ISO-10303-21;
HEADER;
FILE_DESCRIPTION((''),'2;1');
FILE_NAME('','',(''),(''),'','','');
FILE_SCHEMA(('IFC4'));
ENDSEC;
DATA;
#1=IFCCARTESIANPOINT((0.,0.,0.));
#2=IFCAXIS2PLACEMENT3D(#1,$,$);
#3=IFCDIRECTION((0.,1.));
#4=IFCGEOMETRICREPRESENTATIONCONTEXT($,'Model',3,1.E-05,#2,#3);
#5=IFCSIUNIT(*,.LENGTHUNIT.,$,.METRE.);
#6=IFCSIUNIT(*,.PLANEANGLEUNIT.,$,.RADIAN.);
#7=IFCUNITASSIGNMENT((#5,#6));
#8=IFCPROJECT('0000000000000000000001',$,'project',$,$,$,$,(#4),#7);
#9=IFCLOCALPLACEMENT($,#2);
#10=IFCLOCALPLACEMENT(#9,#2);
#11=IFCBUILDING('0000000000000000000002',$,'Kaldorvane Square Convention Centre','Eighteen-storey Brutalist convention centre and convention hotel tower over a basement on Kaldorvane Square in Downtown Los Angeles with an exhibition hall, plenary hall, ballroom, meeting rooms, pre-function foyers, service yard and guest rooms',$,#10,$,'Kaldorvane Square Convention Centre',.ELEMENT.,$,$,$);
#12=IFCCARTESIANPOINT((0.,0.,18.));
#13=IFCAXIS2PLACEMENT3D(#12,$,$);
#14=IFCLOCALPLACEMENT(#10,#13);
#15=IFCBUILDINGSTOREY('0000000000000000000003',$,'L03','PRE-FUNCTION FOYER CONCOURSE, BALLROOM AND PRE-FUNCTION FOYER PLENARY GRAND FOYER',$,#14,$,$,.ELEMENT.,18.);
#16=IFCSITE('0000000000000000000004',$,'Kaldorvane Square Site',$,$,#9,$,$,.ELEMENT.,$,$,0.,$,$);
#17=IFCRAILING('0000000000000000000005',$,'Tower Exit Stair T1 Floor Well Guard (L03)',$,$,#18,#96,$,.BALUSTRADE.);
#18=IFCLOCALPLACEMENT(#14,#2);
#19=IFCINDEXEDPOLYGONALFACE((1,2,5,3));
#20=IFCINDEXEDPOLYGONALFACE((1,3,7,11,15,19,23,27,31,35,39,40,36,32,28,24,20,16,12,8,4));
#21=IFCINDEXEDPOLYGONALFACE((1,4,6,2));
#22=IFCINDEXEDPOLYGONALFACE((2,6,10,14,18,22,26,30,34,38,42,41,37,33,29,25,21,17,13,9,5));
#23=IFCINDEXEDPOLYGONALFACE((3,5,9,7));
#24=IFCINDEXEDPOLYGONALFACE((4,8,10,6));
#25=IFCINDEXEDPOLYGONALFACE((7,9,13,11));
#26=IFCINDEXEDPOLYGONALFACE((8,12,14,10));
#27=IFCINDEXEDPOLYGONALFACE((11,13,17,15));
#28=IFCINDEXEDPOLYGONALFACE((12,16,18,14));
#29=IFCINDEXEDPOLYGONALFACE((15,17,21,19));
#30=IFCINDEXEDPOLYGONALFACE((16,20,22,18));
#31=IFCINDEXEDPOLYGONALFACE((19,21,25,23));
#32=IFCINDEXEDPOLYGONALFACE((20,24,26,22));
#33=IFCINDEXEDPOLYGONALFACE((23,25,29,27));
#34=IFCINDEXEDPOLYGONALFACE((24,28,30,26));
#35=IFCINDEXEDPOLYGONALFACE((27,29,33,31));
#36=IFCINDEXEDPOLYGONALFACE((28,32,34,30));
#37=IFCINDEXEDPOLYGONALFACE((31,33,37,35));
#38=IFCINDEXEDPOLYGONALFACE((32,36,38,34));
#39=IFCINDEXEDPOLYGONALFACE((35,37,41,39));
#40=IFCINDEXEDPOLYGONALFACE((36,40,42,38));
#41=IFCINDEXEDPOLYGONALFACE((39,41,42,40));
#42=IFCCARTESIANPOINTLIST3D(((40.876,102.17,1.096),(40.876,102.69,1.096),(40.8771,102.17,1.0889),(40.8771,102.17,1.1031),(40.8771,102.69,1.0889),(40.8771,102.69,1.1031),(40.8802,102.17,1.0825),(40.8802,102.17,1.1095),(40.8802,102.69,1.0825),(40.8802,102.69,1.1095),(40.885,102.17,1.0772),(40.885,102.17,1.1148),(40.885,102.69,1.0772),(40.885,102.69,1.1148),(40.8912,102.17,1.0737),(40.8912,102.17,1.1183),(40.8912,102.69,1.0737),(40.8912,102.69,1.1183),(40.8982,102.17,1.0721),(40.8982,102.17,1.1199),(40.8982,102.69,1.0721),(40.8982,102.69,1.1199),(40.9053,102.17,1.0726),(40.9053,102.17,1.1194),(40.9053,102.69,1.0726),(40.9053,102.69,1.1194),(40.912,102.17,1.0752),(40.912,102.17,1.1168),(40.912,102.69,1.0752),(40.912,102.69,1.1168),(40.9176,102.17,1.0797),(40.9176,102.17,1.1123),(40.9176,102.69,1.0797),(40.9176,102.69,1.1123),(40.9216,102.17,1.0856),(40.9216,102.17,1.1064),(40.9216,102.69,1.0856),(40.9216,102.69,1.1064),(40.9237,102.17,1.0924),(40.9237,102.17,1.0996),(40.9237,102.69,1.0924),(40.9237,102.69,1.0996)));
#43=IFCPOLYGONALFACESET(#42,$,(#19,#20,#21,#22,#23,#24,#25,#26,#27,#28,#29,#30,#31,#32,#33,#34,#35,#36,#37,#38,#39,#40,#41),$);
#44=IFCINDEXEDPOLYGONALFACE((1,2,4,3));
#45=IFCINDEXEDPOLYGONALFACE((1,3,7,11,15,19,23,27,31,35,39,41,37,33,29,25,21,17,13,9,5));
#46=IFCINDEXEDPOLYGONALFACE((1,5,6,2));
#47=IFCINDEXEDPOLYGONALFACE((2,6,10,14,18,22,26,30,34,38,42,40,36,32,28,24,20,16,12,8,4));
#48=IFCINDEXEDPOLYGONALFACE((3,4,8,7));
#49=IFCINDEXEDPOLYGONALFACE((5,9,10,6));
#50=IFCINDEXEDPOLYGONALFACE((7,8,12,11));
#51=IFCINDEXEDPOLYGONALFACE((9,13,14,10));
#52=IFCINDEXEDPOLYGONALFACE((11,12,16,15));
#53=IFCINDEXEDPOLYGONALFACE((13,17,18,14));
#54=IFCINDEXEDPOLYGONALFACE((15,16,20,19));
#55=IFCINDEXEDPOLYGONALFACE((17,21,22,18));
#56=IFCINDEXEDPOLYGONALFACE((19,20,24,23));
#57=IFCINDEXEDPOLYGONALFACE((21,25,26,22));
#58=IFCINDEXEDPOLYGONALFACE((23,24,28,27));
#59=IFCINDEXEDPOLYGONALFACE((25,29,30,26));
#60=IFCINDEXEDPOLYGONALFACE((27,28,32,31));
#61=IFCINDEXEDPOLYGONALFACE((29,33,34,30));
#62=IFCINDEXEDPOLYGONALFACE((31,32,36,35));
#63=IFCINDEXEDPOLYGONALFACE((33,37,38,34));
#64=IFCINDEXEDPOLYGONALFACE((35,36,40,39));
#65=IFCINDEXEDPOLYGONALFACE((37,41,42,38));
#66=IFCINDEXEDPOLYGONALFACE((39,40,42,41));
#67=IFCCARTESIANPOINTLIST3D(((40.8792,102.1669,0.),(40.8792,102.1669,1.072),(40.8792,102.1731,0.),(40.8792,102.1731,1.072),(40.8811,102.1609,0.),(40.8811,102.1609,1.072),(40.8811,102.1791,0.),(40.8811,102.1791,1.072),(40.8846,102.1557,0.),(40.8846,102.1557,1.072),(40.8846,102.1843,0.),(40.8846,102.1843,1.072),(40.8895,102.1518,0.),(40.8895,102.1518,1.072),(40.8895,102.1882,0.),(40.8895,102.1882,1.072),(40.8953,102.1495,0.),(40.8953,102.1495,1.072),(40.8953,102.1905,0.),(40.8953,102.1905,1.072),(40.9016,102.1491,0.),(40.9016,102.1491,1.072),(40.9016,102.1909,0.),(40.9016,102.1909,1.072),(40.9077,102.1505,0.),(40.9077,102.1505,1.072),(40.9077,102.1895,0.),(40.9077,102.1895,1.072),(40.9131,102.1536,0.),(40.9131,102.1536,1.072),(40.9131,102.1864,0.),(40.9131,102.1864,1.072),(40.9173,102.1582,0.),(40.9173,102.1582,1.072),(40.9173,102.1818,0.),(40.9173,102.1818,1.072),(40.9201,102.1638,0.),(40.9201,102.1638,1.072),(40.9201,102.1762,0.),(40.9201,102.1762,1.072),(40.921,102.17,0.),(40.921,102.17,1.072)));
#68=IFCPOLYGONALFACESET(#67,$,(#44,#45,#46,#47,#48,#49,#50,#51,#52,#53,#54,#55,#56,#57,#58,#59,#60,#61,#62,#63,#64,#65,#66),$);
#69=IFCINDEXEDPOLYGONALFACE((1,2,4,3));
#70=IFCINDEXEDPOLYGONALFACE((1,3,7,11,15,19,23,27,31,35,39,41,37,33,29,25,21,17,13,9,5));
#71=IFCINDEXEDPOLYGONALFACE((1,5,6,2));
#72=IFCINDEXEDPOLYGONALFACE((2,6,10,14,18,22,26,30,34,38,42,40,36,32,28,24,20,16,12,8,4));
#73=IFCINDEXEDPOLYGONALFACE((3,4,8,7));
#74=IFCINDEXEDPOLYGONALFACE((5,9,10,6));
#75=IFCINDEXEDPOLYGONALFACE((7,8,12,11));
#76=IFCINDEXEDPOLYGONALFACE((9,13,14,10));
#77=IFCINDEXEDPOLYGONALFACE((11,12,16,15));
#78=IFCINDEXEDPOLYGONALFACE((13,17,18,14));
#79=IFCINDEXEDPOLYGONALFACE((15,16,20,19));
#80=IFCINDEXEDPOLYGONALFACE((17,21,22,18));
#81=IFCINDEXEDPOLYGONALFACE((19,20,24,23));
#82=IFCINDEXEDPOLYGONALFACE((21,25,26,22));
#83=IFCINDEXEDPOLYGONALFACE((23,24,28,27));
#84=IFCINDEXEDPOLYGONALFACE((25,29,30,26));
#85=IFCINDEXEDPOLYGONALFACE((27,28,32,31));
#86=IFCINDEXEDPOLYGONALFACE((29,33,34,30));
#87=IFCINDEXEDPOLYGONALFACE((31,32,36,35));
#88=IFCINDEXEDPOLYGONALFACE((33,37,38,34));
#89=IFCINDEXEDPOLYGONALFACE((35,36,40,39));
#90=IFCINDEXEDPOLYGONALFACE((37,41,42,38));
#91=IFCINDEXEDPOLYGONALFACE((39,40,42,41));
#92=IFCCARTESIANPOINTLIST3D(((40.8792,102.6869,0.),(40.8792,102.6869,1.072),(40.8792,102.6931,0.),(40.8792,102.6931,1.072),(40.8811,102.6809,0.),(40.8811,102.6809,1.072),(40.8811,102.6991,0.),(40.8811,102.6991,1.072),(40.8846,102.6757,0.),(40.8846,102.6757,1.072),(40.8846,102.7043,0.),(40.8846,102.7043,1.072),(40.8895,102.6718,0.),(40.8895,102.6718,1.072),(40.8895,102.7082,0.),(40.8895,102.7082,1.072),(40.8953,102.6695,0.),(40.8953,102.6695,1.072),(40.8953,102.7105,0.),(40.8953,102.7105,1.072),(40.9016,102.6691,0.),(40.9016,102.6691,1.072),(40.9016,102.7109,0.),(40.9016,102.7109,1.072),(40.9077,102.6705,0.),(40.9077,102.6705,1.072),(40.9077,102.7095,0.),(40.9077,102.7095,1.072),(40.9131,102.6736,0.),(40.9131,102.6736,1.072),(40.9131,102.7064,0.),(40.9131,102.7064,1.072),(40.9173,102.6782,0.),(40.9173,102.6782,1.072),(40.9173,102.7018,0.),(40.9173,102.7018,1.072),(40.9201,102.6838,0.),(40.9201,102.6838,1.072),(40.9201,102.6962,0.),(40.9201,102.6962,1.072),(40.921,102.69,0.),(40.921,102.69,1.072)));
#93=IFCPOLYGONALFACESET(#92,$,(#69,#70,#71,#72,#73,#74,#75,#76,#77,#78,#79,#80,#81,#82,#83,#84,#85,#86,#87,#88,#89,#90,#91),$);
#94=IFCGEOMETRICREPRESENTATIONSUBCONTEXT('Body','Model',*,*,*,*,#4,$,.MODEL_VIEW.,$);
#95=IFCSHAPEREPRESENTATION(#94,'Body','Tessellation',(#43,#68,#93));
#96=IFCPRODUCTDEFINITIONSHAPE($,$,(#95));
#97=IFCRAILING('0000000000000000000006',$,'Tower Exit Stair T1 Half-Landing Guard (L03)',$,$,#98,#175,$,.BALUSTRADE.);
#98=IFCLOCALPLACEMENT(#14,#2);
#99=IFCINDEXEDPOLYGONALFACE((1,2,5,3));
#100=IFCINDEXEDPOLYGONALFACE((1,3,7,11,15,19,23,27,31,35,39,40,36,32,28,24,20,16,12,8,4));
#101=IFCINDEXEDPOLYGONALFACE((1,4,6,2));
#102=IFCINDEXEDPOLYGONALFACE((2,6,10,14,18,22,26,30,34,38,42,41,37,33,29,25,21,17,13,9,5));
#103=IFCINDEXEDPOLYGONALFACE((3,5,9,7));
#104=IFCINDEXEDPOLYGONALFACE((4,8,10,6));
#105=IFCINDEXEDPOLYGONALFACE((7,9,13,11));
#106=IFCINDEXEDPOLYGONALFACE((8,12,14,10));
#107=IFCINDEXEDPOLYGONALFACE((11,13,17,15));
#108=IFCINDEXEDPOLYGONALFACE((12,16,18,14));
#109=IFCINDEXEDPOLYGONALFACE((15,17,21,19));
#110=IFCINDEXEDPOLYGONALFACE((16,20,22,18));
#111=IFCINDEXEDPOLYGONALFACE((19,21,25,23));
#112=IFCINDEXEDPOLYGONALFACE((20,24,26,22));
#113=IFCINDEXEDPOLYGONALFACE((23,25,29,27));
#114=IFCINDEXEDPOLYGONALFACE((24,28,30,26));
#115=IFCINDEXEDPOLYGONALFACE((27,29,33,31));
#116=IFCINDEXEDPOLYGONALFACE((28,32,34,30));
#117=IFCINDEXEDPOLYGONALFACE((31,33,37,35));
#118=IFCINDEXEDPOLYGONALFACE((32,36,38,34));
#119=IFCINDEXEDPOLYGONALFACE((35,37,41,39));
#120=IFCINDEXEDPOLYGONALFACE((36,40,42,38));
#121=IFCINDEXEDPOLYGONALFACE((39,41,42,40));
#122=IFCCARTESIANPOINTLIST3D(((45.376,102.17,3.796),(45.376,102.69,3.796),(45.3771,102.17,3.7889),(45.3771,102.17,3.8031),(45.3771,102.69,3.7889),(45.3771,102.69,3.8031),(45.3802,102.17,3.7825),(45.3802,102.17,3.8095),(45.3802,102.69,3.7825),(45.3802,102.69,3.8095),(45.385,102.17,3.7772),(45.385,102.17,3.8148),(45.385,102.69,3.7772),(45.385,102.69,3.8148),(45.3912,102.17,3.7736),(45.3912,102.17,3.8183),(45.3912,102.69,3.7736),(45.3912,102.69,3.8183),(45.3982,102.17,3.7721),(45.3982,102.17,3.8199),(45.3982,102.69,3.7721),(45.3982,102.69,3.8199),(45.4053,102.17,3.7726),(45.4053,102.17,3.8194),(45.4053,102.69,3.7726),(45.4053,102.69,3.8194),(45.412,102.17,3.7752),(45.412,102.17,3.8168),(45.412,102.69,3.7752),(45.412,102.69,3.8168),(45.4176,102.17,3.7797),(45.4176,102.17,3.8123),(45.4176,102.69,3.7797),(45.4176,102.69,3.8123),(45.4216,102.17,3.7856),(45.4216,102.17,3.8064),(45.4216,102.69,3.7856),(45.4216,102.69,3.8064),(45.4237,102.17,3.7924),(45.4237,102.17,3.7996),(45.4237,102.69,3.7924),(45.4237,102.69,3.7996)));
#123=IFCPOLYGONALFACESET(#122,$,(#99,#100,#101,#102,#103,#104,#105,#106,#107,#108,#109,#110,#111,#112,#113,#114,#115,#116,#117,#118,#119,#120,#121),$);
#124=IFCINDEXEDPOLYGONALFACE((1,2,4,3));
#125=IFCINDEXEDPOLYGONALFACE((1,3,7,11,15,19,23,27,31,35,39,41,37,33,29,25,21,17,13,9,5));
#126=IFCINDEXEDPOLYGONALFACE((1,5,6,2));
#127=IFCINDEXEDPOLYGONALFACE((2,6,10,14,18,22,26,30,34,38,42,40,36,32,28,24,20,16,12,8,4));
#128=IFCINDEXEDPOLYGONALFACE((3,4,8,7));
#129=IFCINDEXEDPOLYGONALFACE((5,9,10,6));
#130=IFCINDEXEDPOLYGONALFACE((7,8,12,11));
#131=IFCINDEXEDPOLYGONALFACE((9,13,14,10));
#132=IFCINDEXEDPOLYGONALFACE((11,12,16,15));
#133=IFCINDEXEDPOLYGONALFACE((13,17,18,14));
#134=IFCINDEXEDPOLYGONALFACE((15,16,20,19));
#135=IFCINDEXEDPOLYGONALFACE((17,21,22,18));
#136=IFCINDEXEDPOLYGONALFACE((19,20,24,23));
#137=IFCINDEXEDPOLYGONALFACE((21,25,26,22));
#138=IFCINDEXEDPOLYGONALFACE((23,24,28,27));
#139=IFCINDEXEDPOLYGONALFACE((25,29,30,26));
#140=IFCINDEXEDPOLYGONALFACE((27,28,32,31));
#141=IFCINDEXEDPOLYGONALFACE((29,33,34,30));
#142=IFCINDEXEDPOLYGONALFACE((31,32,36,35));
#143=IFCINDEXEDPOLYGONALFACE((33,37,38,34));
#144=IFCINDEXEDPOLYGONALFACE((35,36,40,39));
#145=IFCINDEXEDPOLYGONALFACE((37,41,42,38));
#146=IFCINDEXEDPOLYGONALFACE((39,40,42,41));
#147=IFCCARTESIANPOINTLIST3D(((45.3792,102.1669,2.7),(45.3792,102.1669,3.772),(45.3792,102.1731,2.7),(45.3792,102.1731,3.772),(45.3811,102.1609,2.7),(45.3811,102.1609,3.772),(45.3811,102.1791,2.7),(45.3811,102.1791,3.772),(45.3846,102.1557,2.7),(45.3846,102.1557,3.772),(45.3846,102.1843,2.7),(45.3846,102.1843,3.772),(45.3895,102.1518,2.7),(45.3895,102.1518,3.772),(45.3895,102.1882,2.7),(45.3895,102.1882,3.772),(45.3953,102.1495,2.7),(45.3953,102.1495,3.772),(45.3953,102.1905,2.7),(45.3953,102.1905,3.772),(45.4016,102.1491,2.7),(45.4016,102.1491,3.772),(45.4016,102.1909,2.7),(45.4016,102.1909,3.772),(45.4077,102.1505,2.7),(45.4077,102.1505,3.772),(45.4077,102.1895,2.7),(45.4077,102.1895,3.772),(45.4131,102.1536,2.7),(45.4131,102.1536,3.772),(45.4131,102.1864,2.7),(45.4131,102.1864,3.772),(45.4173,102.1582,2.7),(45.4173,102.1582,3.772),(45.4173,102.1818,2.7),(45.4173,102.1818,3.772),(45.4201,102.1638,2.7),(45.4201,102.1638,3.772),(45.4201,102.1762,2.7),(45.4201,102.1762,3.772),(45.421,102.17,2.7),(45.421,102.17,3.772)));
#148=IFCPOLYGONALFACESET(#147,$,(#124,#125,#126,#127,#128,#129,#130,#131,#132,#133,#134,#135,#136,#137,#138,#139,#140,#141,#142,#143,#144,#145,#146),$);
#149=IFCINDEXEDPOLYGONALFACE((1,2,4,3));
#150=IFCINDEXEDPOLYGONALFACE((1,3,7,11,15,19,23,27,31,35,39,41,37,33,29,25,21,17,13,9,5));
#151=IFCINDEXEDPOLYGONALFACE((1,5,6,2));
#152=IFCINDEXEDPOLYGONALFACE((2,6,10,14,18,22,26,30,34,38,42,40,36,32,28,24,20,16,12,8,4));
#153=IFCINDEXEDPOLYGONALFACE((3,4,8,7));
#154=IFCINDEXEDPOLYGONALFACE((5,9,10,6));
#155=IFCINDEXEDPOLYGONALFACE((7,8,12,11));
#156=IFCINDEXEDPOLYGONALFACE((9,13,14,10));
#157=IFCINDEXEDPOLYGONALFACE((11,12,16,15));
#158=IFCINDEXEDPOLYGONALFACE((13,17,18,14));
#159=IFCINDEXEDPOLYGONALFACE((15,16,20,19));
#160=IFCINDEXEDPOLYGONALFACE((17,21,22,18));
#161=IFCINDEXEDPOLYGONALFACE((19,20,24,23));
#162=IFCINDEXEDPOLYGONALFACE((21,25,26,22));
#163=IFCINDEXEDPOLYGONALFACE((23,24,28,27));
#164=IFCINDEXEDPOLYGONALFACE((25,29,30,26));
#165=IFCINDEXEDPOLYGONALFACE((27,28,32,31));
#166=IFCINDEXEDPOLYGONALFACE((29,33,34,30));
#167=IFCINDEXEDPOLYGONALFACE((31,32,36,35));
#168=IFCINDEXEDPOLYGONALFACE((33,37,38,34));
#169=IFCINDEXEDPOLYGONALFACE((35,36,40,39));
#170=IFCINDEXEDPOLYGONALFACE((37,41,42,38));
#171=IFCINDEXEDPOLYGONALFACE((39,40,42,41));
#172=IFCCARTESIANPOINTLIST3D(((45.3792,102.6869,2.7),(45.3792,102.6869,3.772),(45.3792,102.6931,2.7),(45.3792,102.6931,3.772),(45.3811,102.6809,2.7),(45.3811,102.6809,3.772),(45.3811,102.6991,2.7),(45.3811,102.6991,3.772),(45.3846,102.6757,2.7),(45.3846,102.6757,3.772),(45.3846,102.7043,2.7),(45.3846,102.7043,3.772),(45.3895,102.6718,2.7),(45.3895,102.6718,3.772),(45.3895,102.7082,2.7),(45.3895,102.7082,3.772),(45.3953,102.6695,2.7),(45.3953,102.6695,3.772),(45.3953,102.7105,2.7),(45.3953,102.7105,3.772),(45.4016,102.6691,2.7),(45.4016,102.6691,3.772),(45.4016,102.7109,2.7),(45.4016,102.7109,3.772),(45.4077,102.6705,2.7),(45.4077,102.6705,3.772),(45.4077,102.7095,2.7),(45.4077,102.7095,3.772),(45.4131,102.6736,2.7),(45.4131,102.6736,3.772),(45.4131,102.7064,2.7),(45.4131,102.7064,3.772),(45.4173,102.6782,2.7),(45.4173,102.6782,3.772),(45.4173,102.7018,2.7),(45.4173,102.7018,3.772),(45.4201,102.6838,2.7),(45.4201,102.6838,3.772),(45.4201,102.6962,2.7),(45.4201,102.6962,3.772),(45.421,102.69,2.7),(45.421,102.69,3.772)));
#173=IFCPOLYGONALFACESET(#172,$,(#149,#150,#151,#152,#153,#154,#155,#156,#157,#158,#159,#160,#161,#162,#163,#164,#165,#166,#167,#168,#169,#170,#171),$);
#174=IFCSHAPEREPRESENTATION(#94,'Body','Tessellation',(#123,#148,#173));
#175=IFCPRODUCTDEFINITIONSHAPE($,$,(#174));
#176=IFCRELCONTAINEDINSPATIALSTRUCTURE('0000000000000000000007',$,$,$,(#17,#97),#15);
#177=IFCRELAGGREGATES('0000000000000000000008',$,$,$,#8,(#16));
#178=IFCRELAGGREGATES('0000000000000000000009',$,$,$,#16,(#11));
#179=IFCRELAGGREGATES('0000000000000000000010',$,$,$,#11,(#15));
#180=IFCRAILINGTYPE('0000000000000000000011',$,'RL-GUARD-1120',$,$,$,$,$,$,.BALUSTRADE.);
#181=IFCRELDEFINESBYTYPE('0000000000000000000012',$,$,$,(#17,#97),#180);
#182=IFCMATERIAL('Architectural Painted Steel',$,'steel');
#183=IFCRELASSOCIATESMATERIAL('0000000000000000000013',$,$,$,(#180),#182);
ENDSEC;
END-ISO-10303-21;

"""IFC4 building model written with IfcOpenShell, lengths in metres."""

from ifc_helpers import new_model, si_unit, direction, frame, origin, origin_2d, place, context, subcontext, project, spatial, circle, extrude, material, type_object, element, save


model = new_model("IFC4")

# Units and contexts
model_context = context("Model", 3, precision=1e-05, world=origin(), true_north=direction((0.0, 1.0)))
body_context = subcontext(model_context, "Body", "Model", "MODEL_VIEW")
ifc_project = project(units=[si_unit("LENGTHUNIT", "METRE"), si_unit("PLANEANGLEUNIT", "RADIAN")], contexts=[model_context])

# Site, building, storey
site_placement = place(None, origin())
site = spatial("IfcSite", under=ifc_project, at=site_placement, Name="Kaldorvane Square Site", CompositionType="ELEMENT", RefElevation=0.0)
building_placement = place(site_placement, origin())
building = spatial("IfcBuilding", under=site, at=building_placement, Name="Kaldorvane Square Convention Centre", Description="Eighteen-storey Brutalist convention centre and convention hotel tower over a basement on Kaldorvane Square in Downtown Los Angeles with an exhibition hall, plenary hall, ballroom, meeting rooms, pre-function foyers, service yard and guest rooms", LongName="Kaldorvane Square Convention Centre", CompositionType="ELEMENT")
storey_placement = place(building_placement, frame((0.0, 0.0, 18.0)))
storey = spatial("IfcBuildingStorey", under=building, at=storey_placement, Name="L03", Description="PRE-FUNCTION FOYER CONCOURSE, BALLROOM AND PRE-FUNCTION FOYER PLENARY GRAND FOYER", CompositionType="ELEMENT", Elevation=18.0)

# Railings
ifc_material_1 = material(Name="Architectural Painted Steel", Category="steel")
railing_type_1 = type_object("IfcRailingType", Name="RL-GUARD-1120", PredefinedType="BALUSTRADE", material=ifc_material_1)
for number, where, name in (
    (1, (40.9, 102.17, 0.0), "Tower Exit Stair T1 Floor Well Guard (L03)"),
    (2, (45.4, 102.17, 2.7), "Tower Exit Stair T1 Half-Landing Guard (L03)"),
):
    element("IfcRailing", number, at=place(storey_placement, frame(where)), inside=storey, type_object=railing_type_1, Name=name, PredefinedType="BALUSTRADE", context=body_context, shape_type="SweptSolid", body=[
        extrude(circle(Radius=0.024, at=origin_2d()), frame((0.0, 0.0, 1.096), z_axis=(0.0, 1.0, 0.0), x_axis=(-1.0, 0.0, 0.0)), (0.0, 0.0, 1.0), 0.52),
        extrude(circle(Radius=0.021, at=origin_2d()), origin(), (0.0, 0.0, 1.0), 1.072),
        extrude(circle(Radius=0.021, at=origin_2d()), frame((0.0, 0.52, 0.0)), (0.0, 0.0, 1.0), 1.072),
    ])

save(model, "model.ifc")
